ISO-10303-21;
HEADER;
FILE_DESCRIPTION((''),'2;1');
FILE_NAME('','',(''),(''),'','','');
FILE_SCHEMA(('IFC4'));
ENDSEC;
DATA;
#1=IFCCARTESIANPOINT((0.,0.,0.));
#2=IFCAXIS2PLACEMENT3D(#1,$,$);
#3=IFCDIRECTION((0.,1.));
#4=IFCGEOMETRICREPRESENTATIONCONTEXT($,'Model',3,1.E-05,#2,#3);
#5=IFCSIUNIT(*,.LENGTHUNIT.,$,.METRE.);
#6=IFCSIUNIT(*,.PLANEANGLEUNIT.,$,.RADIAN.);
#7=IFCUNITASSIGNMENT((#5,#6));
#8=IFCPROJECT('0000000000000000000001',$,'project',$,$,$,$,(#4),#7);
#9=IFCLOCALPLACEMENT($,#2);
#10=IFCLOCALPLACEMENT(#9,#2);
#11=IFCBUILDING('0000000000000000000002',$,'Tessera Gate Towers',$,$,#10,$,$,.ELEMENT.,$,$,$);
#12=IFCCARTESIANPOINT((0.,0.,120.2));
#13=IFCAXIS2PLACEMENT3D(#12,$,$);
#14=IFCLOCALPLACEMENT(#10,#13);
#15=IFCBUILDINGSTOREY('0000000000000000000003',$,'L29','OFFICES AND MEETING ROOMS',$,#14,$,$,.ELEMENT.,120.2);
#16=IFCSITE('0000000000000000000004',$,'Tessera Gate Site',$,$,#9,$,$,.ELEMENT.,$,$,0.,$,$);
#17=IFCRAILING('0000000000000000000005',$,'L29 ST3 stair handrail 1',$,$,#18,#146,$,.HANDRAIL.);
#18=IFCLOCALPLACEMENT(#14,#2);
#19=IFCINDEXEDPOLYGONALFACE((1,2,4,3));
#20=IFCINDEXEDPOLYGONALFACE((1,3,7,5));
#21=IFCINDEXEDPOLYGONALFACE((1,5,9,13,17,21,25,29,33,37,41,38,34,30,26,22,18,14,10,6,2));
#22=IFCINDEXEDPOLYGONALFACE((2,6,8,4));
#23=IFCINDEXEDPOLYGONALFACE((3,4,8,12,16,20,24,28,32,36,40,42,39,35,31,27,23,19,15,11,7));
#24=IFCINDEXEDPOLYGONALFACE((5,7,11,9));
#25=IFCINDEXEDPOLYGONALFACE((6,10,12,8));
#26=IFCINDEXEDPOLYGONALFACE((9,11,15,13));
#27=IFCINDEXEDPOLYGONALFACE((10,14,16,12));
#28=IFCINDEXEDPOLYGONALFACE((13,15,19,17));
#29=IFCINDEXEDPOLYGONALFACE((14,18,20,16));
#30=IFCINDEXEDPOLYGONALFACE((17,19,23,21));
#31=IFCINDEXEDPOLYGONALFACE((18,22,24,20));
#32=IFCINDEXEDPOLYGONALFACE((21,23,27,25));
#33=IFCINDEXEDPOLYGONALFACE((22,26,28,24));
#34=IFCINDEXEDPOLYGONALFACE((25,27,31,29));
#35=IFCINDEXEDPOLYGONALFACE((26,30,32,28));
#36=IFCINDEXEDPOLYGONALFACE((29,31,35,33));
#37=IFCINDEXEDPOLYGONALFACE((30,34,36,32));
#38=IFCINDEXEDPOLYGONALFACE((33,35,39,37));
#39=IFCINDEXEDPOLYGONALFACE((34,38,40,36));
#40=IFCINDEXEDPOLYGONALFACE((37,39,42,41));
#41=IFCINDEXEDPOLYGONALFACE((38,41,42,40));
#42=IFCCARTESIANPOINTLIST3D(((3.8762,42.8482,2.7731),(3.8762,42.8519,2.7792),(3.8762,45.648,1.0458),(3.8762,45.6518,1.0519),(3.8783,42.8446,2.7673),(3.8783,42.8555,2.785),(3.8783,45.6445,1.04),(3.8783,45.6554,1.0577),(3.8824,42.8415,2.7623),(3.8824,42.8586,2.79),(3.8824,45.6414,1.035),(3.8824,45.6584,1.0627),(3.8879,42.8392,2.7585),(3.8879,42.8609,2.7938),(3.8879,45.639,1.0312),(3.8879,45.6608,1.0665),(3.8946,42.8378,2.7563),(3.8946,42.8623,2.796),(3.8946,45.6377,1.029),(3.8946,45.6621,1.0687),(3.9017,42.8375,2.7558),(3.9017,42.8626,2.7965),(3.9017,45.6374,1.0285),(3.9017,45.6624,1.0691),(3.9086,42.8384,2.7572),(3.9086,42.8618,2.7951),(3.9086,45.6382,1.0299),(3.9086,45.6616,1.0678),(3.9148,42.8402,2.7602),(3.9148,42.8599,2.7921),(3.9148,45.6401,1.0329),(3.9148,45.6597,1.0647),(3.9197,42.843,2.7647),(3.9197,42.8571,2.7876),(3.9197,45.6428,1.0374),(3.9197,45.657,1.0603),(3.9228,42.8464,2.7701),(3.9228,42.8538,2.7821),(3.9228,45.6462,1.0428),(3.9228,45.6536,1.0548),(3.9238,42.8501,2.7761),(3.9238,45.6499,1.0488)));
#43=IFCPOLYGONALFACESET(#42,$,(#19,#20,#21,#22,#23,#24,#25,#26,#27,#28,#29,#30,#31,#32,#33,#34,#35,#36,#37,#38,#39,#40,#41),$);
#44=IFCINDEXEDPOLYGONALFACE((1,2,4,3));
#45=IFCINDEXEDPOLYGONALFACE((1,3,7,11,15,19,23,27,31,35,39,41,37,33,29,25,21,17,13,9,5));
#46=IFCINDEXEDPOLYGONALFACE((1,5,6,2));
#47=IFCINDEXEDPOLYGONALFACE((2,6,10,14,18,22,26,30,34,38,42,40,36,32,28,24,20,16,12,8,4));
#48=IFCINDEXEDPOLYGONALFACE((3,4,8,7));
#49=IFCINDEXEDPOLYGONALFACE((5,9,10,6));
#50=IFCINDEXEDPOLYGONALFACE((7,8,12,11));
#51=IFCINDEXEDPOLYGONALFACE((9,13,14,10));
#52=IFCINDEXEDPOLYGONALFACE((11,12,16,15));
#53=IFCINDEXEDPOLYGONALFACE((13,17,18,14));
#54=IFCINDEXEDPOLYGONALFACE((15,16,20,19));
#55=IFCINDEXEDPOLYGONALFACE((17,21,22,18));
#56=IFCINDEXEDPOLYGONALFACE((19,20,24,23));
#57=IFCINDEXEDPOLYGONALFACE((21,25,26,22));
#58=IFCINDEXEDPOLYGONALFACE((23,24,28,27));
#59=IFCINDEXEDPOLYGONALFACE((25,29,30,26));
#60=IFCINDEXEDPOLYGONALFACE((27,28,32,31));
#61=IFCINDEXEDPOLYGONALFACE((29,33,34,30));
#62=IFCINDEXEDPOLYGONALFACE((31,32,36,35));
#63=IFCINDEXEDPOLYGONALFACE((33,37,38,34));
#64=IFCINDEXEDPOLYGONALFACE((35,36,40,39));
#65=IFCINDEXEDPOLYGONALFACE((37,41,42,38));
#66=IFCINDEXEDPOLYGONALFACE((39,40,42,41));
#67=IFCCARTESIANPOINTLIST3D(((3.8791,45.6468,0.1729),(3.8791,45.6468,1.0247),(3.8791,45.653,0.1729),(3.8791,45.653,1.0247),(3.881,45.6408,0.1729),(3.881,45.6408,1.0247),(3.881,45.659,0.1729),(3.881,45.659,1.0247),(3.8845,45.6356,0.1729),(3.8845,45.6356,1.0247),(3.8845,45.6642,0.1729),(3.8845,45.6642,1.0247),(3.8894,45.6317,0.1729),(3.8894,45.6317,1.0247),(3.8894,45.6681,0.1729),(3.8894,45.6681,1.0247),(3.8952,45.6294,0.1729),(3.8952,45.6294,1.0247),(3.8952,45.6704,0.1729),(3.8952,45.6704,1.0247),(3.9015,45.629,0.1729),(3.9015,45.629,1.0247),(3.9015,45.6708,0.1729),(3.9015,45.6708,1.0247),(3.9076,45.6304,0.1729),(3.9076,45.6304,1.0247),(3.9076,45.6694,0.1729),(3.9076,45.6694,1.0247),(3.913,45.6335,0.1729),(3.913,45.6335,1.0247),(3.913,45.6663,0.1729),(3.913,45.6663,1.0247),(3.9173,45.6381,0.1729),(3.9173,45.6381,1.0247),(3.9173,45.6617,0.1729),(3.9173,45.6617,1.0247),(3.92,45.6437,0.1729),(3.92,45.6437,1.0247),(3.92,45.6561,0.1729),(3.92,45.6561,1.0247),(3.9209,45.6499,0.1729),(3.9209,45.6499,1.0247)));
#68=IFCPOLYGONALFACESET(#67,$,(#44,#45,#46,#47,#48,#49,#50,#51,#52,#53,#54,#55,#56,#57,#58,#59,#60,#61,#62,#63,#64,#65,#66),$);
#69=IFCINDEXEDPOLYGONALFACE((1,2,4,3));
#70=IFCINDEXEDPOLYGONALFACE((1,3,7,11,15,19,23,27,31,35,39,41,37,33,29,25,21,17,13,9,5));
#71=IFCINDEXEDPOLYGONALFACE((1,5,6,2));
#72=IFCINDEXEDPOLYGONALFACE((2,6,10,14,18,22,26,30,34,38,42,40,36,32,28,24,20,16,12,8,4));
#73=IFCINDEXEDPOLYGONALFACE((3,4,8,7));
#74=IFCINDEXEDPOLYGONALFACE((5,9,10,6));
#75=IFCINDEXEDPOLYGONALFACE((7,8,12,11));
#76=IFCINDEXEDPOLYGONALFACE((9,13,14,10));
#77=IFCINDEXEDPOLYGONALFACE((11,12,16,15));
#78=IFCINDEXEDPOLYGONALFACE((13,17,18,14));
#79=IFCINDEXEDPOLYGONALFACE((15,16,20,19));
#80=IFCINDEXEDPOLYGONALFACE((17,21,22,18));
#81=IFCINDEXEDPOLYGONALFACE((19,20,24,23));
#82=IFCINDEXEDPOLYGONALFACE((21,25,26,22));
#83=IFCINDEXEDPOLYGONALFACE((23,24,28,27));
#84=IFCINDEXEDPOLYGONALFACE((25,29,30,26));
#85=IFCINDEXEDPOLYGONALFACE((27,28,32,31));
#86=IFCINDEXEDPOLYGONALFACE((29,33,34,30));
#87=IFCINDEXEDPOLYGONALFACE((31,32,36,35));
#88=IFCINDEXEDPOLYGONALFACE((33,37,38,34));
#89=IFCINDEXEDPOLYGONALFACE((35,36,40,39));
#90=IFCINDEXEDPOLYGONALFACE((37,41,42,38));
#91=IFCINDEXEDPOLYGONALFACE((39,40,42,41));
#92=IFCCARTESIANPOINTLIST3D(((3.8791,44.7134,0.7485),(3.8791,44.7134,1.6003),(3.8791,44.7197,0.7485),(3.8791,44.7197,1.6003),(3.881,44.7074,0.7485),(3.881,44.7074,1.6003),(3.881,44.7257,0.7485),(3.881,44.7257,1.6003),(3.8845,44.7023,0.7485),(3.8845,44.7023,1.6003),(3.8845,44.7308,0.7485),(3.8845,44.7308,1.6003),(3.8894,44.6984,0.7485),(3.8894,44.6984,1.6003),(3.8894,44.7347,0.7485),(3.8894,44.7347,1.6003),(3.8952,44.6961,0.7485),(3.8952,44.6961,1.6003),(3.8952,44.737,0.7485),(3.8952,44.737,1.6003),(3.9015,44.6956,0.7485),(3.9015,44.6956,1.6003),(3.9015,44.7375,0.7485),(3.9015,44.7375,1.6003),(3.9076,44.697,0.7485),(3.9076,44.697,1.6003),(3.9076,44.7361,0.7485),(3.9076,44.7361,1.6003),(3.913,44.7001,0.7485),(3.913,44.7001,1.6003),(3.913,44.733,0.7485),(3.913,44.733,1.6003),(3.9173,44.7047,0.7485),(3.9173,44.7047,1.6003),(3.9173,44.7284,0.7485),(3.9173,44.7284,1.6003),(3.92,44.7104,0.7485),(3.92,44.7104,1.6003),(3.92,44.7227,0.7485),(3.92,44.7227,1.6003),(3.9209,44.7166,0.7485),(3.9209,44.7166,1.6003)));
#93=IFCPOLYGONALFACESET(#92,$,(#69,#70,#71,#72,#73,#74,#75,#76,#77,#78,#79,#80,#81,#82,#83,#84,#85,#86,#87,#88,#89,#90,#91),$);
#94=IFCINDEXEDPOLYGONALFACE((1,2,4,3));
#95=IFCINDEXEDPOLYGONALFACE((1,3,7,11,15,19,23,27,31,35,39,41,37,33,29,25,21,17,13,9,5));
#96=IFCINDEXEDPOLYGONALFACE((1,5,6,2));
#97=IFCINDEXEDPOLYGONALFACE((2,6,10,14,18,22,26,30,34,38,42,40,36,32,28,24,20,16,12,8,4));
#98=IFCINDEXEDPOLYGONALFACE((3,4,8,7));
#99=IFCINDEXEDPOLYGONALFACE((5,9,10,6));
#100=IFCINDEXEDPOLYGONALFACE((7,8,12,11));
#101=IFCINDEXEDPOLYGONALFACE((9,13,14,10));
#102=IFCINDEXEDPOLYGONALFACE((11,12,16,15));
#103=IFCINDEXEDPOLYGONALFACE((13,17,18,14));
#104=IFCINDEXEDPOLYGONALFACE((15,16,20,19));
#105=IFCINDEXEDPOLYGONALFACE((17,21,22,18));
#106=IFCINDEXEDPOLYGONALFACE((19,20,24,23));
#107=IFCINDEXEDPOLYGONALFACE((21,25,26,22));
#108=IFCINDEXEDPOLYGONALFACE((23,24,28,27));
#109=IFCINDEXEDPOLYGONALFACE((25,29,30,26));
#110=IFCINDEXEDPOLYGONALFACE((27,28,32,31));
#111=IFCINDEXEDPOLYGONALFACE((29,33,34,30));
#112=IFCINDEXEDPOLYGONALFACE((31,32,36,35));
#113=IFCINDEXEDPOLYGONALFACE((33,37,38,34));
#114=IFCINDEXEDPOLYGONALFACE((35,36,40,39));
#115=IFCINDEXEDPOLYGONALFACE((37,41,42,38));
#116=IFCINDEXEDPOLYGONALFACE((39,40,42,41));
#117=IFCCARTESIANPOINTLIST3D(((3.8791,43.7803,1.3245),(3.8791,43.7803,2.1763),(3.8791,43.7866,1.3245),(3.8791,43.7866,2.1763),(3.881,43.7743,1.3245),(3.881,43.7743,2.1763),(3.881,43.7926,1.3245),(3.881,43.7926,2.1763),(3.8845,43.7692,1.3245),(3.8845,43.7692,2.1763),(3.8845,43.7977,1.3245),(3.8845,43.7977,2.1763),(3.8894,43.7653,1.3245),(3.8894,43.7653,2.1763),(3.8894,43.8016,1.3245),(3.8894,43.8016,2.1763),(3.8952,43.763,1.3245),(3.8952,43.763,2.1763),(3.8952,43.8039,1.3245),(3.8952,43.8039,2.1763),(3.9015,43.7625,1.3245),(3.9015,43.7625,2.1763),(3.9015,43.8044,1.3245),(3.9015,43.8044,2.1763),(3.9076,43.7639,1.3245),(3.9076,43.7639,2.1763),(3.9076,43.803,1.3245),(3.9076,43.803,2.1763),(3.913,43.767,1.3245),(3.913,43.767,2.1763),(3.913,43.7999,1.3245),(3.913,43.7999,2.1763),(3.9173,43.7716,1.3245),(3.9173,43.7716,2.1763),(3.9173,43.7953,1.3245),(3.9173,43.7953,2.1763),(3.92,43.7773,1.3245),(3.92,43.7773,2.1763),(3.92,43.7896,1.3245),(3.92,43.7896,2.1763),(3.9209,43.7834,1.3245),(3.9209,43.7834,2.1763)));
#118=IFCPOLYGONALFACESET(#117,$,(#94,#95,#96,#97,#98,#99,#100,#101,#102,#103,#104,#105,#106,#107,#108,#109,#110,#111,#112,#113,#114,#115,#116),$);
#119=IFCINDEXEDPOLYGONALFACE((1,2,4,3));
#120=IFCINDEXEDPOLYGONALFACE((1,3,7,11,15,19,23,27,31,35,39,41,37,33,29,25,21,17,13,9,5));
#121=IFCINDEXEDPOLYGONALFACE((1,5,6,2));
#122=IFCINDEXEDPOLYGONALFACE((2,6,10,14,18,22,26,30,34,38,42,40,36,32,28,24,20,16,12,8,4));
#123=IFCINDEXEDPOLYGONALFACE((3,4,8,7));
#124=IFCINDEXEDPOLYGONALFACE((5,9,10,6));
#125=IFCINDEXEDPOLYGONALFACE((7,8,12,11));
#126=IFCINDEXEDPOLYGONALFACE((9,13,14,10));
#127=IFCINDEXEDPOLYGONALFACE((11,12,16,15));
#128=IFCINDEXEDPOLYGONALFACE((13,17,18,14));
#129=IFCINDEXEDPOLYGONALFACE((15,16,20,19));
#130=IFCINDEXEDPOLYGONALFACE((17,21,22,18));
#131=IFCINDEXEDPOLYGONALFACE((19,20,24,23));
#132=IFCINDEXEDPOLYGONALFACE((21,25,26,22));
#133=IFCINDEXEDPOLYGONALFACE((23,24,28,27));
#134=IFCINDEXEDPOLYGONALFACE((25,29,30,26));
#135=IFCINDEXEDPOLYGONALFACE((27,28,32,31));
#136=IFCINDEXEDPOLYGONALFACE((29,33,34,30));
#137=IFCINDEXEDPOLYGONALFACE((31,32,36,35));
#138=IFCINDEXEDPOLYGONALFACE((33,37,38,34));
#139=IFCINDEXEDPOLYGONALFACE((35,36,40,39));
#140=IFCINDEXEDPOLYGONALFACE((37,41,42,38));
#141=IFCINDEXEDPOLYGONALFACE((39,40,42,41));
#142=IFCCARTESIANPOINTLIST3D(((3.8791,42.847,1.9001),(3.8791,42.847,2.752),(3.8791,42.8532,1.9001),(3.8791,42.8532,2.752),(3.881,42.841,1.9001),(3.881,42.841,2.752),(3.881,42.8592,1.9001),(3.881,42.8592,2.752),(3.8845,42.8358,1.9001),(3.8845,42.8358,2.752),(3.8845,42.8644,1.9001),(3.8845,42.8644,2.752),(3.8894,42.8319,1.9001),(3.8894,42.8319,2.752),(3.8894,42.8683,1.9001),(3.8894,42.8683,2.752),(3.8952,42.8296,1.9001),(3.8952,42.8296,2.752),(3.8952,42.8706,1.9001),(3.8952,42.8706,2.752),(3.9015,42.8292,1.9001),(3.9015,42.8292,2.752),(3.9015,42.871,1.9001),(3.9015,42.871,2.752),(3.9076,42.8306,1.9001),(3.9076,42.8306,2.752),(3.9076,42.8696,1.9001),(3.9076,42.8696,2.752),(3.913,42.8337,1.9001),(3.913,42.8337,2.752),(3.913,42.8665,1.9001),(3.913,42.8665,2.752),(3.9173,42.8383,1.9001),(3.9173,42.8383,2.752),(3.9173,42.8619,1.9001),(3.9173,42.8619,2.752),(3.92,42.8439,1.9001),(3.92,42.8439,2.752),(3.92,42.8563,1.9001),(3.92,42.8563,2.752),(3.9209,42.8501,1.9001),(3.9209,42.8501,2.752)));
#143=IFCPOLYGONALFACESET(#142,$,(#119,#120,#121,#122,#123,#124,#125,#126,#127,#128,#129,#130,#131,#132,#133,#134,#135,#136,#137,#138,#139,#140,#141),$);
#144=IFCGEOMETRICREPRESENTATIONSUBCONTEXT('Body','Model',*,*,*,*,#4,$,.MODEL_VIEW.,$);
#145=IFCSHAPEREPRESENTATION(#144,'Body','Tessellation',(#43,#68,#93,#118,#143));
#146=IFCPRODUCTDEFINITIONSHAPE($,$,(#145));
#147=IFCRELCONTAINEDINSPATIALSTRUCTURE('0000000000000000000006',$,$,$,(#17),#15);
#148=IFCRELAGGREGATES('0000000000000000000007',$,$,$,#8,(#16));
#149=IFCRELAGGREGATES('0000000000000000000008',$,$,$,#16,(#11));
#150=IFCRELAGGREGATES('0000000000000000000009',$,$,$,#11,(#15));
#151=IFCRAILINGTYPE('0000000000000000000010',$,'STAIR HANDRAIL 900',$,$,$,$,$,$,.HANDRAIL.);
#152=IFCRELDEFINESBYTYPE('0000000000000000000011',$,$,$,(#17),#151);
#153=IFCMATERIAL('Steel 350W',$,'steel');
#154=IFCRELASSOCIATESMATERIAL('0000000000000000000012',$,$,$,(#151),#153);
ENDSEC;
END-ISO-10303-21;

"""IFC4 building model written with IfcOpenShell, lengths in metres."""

from ifc_helpers import new_model, si_unit, direction, frame, origin, origin_2d, place, context, subcontext, project, spatial, circle, extrude, material, type_object, element, save


model = new_model("IFC4")

# Units and contexts
model_context = context("Model", 3, precision=1e-05, world=origin(), true_north=direction((0.0, 1.0)))
body_context = subcontext(model_context, "Body", "Model", "MODEL_VIEW")
ifc_project = project(units=[si_unit("LENGTHUNIT", "METRE"), si_unit("PLANEANGLEUNIT", "RADIAN")], contexts=[model_context])

# Site, building, storey
site_placement = place(None, origin())
site = spatial("IfcSite", under=ifc_project, at=site_placement, Name="Tessera Gate Site", CompositionType="ELEMENT", RefElevation=0.0)
building_placement = place(site_placement, origin())
building = spatial("IfcBuilding", under=site, at=building_placement, Name="Tessera Gate Towers", CompositionType="ELEMENT")
storey_placement = place(building_placement, frame((0.0, 0.0, 120.2)))
storey = spatial("IfcBuildingStorey", under=building, at=storey_placement, Name="L29", Description="OFFICES AND MEETING ROOMS", CompositionType="ELEMENT", Elevation=120.2)

# Railing
ifc_material_1 = material(Name="Steel 350W", Category="steel")
railing_type_1 = type_object("IfcRailingType", Name="STAIR HANDRAIL 900", PredefinedType="HANDRAIL", material=ifc_material_1)
railing_1_placement = place(storey_placement, frame((3.8999, 45.6499, 0.1729)))
element("IfcRailing", 1, at=railing_1_placement, inside=storey, type_object=railing_type_1, Name="L29 ST3 stair handrail 1", PredefinedType="HANDRAIL", context=body_context, shape_type="SweptSolid", body=[
    extrude(circle(Radius=0.0239, at=origin_2d()), frame((0.0, 0.0, 0.876), z_axis=(0.0, -0.851069, 0.525054), x_axis=(1.0, 0.0, 0.0)), (0.0, 0.0, 1.0), 3.2898),
    extrude(circle(Radius=0.021, at=origin_2d()), origin(), (0.0, 0.0, 1.0), 0.8518),
    extrude(circle(Radius=0.021, at=origin_2d()), frame((0.0, -0.9333, 0.5757)), (0.0, 0.0, 1.0), 0.8518),
    extrude(circle(Radius=0.021, at=origin_2d()), frame((0.0, -1.8665, 1.1516)), (0.0, 0.0, 1.0), 0.8518),
    extrude(circle(Radius=0.021, at=origin_2d()), frame((0.0, -2.7998, 1.7273)), (0.0, 0.0, 1.0), 0.8518),
])

save(model, "model.ifc")
